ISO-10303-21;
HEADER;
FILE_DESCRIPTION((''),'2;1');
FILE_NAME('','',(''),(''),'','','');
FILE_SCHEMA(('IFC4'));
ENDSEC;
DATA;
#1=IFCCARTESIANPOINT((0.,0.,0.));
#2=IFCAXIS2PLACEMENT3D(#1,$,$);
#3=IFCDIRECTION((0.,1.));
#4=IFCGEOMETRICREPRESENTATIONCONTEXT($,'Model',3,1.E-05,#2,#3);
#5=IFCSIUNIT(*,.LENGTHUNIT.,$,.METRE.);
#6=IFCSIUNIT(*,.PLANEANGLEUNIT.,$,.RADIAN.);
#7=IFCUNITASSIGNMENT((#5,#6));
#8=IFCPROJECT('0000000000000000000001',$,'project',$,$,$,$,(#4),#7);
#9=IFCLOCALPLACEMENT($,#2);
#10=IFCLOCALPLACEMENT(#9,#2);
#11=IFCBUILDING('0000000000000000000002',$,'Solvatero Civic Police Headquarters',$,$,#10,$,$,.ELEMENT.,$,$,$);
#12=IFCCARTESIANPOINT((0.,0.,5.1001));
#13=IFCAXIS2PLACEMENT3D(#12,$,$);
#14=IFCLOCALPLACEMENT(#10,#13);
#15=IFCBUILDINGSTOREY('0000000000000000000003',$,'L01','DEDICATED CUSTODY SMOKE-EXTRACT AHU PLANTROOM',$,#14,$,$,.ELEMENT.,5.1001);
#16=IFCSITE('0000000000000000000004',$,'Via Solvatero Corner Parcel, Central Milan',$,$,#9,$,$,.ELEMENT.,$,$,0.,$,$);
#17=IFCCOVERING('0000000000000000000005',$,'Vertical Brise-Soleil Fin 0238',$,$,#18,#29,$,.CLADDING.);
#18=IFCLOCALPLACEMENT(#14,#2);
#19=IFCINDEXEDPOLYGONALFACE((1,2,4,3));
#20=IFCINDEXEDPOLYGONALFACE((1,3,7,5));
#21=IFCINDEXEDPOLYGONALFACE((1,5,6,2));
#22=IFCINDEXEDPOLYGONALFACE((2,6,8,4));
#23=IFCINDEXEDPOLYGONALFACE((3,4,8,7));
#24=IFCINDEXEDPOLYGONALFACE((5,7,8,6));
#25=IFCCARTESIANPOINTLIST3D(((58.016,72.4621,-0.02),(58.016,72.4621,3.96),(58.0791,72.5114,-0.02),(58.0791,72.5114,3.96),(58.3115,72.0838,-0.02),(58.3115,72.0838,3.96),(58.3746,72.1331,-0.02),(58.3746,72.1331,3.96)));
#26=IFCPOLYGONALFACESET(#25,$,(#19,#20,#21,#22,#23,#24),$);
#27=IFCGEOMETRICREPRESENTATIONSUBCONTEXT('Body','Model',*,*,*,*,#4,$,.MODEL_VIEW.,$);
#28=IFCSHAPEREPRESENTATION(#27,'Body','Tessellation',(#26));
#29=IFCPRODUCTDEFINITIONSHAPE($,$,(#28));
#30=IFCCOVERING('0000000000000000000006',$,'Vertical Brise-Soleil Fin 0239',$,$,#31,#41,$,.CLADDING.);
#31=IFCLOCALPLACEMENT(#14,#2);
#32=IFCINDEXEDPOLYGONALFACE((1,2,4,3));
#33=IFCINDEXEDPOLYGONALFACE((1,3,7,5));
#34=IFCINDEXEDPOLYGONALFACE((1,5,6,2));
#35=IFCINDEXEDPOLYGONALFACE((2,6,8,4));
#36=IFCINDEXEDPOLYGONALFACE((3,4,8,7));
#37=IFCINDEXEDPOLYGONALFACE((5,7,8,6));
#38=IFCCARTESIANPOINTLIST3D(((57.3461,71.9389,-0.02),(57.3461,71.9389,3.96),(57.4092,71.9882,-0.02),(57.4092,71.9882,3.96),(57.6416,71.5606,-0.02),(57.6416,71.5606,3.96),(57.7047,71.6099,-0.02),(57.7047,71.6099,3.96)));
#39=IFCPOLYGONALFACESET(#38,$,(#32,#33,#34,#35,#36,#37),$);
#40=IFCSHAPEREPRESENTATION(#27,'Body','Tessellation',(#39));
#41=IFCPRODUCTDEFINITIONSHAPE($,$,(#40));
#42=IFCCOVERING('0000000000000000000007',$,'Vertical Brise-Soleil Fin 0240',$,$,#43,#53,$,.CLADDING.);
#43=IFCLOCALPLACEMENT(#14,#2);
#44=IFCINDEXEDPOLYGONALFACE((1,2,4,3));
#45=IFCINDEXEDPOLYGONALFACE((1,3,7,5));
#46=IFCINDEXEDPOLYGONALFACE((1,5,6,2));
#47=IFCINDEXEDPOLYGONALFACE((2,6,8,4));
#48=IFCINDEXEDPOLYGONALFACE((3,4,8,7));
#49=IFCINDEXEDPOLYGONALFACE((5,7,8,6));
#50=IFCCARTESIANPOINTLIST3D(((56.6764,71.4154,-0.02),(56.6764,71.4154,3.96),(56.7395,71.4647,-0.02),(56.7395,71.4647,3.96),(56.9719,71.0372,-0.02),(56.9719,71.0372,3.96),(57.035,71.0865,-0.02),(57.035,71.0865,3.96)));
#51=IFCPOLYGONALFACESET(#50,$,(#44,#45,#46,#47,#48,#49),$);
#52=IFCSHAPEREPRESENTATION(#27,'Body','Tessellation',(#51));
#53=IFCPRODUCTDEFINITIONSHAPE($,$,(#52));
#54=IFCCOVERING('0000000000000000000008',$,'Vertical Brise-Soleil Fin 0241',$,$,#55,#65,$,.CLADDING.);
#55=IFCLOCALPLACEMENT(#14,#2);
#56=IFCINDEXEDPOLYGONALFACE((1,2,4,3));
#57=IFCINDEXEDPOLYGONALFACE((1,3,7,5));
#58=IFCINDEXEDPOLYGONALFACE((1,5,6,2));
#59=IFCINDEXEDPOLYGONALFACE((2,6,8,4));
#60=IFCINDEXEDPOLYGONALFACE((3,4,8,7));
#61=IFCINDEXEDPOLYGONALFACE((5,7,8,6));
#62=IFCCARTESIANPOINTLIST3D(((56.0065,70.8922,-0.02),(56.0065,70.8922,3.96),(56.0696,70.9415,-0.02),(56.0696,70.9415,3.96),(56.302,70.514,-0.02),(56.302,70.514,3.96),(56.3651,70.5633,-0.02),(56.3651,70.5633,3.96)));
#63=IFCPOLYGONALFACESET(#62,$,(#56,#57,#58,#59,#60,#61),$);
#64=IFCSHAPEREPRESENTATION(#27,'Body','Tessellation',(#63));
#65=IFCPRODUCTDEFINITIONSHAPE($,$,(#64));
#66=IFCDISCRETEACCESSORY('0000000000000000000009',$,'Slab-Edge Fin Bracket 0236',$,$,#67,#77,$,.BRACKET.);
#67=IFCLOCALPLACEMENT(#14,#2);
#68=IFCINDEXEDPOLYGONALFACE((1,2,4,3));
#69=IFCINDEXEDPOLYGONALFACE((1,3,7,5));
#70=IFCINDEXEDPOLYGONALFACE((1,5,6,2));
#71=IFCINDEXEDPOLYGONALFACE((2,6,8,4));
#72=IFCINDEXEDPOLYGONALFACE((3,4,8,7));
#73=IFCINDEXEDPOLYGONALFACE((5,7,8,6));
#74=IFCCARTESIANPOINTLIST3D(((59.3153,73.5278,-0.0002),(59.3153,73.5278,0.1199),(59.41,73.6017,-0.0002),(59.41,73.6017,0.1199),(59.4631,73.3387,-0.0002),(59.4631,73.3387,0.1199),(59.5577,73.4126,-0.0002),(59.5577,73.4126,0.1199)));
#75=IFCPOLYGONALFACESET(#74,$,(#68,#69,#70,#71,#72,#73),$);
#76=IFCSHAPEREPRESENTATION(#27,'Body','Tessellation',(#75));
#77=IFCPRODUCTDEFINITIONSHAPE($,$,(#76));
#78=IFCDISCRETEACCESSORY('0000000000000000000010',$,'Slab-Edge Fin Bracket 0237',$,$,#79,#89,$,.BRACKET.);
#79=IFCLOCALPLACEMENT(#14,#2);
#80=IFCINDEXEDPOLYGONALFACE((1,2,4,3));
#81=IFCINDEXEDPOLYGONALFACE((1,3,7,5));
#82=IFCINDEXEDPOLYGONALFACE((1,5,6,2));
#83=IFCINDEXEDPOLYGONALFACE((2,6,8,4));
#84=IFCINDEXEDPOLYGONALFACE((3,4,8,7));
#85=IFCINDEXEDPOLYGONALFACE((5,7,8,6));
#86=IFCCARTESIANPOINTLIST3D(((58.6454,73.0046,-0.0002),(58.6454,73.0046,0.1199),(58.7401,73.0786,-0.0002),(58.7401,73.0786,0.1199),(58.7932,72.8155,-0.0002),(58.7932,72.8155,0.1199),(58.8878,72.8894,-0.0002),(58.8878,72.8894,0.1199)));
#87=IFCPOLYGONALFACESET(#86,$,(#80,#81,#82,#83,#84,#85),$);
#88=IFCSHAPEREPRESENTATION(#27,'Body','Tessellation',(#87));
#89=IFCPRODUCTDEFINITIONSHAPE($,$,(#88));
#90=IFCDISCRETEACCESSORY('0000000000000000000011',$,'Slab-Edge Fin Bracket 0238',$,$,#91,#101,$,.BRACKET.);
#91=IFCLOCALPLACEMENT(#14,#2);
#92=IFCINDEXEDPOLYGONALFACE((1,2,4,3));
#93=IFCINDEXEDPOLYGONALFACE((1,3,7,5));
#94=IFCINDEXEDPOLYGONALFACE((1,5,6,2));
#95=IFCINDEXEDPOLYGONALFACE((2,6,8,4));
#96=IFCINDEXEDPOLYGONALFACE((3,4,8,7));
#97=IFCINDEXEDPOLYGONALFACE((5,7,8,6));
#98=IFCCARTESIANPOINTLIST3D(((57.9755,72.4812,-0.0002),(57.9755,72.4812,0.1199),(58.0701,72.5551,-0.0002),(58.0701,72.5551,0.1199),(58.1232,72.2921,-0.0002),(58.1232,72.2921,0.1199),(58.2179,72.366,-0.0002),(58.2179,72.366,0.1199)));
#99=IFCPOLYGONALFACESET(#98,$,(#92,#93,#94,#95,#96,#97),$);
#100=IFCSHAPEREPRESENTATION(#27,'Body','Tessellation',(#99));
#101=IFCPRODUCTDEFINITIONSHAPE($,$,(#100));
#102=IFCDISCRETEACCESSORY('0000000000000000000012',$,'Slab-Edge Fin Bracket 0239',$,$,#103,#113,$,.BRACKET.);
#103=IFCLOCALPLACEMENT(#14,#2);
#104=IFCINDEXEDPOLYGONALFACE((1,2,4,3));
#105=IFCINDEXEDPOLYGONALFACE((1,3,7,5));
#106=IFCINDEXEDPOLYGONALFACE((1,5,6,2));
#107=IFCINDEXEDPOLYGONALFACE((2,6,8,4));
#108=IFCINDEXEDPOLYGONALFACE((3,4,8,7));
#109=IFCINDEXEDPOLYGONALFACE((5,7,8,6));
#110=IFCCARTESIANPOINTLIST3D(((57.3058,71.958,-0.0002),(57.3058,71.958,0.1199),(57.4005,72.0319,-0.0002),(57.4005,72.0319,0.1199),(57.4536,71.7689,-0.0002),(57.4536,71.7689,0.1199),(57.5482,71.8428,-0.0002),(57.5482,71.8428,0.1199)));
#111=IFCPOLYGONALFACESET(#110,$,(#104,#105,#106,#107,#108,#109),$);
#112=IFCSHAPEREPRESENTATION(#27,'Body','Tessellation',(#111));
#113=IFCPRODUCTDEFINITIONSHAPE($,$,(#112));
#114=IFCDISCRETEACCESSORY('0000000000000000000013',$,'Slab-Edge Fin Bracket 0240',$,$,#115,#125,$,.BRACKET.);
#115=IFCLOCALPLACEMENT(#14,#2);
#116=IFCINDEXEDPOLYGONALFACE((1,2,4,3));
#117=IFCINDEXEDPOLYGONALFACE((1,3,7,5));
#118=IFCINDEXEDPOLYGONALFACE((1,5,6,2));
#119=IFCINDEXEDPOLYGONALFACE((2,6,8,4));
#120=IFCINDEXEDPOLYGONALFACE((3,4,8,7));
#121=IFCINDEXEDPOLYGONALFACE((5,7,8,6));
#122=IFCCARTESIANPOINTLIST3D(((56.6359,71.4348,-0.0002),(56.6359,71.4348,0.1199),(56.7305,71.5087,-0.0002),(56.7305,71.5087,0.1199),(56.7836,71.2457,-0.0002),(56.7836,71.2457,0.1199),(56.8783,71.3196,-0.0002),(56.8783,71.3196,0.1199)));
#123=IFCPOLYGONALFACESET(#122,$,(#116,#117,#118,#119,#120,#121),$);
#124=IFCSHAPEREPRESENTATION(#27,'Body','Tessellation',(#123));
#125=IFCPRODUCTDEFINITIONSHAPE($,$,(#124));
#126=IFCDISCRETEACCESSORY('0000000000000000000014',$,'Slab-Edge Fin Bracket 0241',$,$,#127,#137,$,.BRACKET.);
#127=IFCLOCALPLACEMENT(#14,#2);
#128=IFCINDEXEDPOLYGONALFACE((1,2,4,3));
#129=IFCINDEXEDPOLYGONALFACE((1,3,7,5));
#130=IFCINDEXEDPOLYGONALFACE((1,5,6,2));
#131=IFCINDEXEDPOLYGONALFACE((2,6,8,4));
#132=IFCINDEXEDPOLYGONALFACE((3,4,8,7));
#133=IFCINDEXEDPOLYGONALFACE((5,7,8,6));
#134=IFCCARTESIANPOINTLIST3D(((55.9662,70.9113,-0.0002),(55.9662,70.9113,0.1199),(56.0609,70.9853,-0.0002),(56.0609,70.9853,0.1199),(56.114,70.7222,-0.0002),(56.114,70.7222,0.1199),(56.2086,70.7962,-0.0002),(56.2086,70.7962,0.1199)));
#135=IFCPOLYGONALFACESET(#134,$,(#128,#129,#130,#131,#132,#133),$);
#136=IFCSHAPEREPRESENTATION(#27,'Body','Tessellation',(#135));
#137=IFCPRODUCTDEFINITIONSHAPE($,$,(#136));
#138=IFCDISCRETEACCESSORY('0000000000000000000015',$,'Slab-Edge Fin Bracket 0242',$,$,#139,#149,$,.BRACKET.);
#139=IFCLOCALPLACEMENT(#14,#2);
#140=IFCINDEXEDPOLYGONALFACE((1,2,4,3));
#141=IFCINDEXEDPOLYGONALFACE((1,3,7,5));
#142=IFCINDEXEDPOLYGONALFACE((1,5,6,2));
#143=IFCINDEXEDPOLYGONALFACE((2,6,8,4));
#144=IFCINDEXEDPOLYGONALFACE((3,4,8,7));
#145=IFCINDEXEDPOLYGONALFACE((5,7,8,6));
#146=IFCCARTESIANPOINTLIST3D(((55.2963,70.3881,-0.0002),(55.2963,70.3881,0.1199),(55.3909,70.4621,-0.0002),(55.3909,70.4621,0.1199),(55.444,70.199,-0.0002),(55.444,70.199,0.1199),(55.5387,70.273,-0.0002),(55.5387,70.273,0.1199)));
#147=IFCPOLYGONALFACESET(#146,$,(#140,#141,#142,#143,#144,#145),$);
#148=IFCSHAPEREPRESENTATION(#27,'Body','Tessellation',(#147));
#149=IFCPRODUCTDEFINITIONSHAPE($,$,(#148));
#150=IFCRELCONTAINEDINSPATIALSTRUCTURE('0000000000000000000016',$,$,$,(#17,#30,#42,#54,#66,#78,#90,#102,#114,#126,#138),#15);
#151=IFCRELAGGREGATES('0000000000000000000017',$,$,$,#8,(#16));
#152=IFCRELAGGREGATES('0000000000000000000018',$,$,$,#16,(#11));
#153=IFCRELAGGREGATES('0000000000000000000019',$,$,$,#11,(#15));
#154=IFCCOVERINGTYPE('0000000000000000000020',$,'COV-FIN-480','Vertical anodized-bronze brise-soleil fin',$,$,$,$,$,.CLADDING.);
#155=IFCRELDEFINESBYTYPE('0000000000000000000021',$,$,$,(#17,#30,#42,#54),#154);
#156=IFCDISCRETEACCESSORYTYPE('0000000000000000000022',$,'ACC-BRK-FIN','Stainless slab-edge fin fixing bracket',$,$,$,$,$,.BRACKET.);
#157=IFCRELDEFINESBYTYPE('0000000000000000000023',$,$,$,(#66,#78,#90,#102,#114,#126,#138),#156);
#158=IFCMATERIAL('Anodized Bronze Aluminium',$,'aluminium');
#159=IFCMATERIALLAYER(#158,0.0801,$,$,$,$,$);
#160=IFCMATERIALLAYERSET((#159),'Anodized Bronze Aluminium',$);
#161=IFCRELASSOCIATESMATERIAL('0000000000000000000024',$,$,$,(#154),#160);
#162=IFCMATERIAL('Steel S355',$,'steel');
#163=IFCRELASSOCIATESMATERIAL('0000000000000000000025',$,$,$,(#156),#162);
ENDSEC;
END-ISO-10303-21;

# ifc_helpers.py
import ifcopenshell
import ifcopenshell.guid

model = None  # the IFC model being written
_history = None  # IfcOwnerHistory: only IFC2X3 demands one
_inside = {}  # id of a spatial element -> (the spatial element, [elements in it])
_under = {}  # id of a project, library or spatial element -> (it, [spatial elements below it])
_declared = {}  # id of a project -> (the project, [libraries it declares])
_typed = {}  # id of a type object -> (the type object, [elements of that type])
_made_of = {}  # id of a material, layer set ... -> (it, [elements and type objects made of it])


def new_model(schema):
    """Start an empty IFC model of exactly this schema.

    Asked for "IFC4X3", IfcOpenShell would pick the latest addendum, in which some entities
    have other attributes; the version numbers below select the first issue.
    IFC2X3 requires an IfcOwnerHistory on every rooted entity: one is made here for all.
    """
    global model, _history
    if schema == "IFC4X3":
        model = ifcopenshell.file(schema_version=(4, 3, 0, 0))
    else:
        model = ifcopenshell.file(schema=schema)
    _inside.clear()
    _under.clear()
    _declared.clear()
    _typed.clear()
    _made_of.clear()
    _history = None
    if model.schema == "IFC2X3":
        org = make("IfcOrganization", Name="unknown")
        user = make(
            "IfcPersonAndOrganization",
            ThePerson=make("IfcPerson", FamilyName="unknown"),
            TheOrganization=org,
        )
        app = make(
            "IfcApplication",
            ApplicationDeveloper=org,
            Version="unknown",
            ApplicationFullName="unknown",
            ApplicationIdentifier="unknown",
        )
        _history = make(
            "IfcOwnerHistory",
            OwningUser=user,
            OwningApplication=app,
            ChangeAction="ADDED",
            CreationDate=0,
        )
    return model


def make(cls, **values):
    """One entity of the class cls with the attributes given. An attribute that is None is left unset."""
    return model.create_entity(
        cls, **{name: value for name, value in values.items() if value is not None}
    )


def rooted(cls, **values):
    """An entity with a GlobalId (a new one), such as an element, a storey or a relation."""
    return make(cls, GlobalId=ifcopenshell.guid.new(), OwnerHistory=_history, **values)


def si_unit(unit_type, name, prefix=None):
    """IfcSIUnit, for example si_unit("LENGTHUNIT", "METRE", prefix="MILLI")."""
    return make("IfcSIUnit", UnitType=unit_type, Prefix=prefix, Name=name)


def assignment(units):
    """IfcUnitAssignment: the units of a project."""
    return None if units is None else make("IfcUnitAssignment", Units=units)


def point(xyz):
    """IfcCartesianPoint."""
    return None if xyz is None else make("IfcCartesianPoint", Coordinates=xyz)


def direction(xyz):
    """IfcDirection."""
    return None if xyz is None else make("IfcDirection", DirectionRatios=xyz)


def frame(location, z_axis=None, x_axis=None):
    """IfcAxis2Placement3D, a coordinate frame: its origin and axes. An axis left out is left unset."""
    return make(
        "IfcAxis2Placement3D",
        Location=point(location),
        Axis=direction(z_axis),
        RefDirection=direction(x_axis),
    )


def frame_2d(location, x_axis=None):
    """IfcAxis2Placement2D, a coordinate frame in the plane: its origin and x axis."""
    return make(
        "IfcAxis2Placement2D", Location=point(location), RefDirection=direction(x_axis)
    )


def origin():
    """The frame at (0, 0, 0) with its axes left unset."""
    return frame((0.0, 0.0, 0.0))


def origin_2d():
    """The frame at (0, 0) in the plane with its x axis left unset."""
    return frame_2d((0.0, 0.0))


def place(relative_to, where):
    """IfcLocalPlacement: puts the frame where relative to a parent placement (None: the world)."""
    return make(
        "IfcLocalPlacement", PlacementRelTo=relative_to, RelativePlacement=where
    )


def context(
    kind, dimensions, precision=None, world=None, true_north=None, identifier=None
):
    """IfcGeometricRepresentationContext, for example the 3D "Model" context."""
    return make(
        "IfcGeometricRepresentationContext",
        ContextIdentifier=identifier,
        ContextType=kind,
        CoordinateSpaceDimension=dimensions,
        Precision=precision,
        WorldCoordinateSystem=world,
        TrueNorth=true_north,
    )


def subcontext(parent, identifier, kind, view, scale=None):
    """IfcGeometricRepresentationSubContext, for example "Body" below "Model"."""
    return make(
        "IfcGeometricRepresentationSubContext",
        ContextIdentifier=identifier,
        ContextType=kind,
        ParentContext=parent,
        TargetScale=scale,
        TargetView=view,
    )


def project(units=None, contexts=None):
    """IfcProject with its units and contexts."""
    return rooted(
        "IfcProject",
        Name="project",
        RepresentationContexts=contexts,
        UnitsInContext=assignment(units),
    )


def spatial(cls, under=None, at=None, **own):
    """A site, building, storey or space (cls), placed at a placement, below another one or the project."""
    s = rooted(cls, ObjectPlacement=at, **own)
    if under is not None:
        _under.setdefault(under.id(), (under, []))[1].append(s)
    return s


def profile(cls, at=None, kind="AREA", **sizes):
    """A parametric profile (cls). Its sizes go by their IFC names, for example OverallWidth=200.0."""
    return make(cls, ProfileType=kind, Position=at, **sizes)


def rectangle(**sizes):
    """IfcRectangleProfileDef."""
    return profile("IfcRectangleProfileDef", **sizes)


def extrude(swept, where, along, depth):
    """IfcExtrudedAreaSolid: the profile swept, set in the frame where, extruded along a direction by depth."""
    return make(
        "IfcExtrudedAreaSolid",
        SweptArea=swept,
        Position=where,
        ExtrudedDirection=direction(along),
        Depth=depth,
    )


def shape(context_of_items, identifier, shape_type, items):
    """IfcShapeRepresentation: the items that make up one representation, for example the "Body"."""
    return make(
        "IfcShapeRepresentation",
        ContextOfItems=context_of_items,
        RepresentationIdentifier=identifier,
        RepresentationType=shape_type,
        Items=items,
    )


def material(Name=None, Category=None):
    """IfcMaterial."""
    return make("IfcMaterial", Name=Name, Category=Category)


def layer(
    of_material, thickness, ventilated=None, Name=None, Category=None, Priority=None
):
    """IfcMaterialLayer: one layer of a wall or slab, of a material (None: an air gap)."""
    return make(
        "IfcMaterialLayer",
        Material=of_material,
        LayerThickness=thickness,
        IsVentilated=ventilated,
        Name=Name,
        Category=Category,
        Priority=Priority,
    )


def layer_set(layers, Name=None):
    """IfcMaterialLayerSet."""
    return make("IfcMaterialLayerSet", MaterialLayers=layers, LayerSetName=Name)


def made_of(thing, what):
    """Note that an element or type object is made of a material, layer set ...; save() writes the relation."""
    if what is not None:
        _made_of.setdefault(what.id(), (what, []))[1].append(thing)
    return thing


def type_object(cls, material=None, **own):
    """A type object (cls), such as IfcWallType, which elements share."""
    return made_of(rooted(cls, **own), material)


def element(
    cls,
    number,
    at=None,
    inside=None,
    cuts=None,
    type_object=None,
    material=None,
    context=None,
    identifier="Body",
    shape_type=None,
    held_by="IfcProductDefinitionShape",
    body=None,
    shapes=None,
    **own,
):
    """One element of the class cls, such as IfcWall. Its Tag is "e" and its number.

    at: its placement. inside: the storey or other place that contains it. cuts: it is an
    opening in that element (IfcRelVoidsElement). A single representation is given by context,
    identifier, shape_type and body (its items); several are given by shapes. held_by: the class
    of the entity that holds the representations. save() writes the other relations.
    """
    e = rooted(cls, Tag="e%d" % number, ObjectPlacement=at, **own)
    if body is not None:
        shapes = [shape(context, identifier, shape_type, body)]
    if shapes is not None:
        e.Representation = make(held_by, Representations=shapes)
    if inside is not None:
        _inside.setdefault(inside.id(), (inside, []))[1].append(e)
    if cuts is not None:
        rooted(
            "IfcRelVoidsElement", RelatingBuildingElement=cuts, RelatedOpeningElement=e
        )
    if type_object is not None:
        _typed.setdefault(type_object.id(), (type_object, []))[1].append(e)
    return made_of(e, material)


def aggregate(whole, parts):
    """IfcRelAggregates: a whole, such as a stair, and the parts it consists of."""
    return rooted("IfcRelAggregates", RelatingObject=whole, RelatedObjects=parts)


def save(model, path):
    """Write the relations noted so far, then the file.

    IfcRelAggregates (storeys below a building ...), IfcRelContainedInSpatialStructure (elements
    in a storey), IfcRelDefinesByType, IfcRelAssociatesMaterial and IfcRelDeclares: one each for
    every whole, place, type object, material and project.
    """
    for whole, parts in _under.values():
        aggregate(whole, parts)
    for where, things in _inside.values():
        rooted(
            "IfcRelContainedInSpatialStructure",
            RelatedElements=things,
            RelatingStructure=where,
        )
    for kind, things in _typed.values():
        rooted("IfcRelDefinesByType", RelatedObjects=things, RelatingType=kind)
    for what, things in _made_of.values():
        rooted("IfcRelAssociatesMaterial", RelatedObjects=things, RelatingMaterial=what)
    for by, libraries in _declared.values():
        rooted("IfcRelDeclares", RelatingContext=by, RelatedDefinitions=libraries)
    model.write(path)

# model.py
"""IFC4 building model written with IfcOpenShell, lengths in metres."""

from ifc_helpers import new_model, si_unit, direction, frame, origin, origin_2d, place, context, subcontext, project, spatial, rectangle, extrude, material, layer, layer_set, type_object, element, save


model = new_model("IFC4")

# Units and contexts
model_context = context("Model", 3, precision=1e-05, world=origin(), true_north=direction((0.0, 1.0)))
body_context = subcontext(model_context, "Body", "Model", "MODEL_VIEW")
ifc_project = project(units=[si_unit("LENGTHUNIT", "METRE"), si_unit("PLANEANGLEUNIT", "RADIAN")], contexts=[model_context])

# Site, building, storey
site_placement = place(None, origin())
site = spatial("IfcSite", under=ifc_project, at=site_placement, Name="Via Solvatero Corner Parcel, Central Milan", CompositionType="ELEMENT", RefElevation=0.0)
building_placement = place(site_placement, origin())
building = spatial("IfcBuilding", under=site, at=building_placement, Name="Solvatero Civic Police Headquarters", CompositionType="ELEMENT")
storey_placement = place(building_placement, frame((0.0, 0.0, 5.1001)))
storey = spatial("IfcBuildingStorey", under=building, at=storey_placement, Name="L01", Description="DEDICATED CUSTODY SMOKE-EXTRACT AHU PLANTROOM", CompositionType="ELEMENT", Elevation=5.1001)

# Shared definitions
ifc_material_1 = material(Name="Anodized Bronze Aluminium", Category="aluminium")

# Coverings
ifc_layer_1 = layer(ifc_material_1, 0.0801)
ifc_layer_set_1 = layer_set([ifc_layer_1], Name="Anodized Bronze Aluminium")
covering_type = type_object("IfcCoveringType", Name="COV-FIN-480", Description="Vertical anodized-bronze brise-soleil fin", PredefinedType="CLADDING", material=ifc_layer_set_1)
for number, where, z_axis, x_axis, name in (
    (1, (58.1953, 72.2976, -0.02), (0.0, 0.0, 1.0), (-0.788011, -0.615661, 0.0), "Vertical Brise-Soleil Fin 0238"),
    (2, (57.5254, 71.7744, -0.02), (0.0, 0.0, 1.0), (-0.788011, -0.615661, 0.0), "Vertical Brise-Soleil Fin 0239"),
    (3, (56.8557, 71.251, -0.02), (0.0, 0.0, 1.0), (-0.788011, -0.615661, 0.0), "Vertical Brise-Soleil Fin 0240"),
    (4, (56.1858, 70.7278, -0.02), (0.0, 0.0, 1.0), (-0.788011, -0.615661, 0.0), "Vertical Brise-Soleil Fin 0241"),
):
    element("IfcCovering", number, at=place(storey_placement, frame(where, z_axis=z_axis, x_axis=x_axis)), inside=storey, type_object=covering_type, Name=name, PredefinedType="CLADDING", context=body_context, shape_type="SweptSolid", body=[
        extrude(rectangle(XDim=0.0801, YDim=0.48, at=origin_2d()), origin(), (0.0, 0.0, 1.0), 3.98),
    ])

# Discrete accessories
ifc_material_2 = material(Name="Steel S355", Category="steel")
discrete_accessory_type = type_object("IfcDiscreteAccessoryType", Name="ACC-BRK-FIN", Description="Stainless slab-edge fin fixing bracket", PredefinedType="BRACKET", material=ifc_material_2)
for number, where, z_axis, x_axis, name in (
    (5, (59.4365, 73.4702, -0.0002), (0.0, 0.0, 1.0), (-0.788011, -0.615661, 0.0), "Slab-Edge Fin Bracket 0236"),
    (6, (58.7666, 72.947, -0.0002), (0.0, 0.0, 1.0), (-0.788011, -0.615661, 0.0), "Slab-Edge Fin Bracket 0237"),
    (7, (58.0967, 72.4236, -0.0002), (0.0, 0.0, 1.0), (-0.788011, -0.615661, 0.0), "Slab-Edge Fin Bracket 0238"),
    (8, (57.427, 71.9004, -0.0002), (0.0, 0.0, 1.0), (-0.788011, -0.615661, 0.0), "Slab-Edge Fin Bracket 0239"),
    (9, (56.7571, 71.3772, -0.0002), (0.0, 0.0, 1.0), (-0.788011, -0.615661, 0.0), "Slab-Edge Fin Bracket 0240"),
    (10, (56.0874, 70.8538, -0.0002), (0.0, 0.0, 1.0), (-0.788011, -0.615661, 0.0), "Slab-Edge Fin Bracket 0241"),
    (11, (55.4175, 70.3306, -0.0002), (0.0, 0.0, 1.0), (-0.788011, -0.615661, 0.0), "Slab-Edge Fin Bracket 0242"),
):
    element("IfcDiscreteAccessory", number, at=place(storey_placement, frame(where, z_axis=z_axis, x_axis=x_axis)), inside=storey, type_object=discrete_accessory_type, Name=name, PredefinedType="BRACKET", context=body_context, shape_type="SweptSolid", body=[
        extrude(rectangle(XDim=0.1201, YDim=0.24, at=origin_2d()), origin(), (0.0, 0.0, 1.0), 0.1201),
    ])

save(model, "model.ifc")
